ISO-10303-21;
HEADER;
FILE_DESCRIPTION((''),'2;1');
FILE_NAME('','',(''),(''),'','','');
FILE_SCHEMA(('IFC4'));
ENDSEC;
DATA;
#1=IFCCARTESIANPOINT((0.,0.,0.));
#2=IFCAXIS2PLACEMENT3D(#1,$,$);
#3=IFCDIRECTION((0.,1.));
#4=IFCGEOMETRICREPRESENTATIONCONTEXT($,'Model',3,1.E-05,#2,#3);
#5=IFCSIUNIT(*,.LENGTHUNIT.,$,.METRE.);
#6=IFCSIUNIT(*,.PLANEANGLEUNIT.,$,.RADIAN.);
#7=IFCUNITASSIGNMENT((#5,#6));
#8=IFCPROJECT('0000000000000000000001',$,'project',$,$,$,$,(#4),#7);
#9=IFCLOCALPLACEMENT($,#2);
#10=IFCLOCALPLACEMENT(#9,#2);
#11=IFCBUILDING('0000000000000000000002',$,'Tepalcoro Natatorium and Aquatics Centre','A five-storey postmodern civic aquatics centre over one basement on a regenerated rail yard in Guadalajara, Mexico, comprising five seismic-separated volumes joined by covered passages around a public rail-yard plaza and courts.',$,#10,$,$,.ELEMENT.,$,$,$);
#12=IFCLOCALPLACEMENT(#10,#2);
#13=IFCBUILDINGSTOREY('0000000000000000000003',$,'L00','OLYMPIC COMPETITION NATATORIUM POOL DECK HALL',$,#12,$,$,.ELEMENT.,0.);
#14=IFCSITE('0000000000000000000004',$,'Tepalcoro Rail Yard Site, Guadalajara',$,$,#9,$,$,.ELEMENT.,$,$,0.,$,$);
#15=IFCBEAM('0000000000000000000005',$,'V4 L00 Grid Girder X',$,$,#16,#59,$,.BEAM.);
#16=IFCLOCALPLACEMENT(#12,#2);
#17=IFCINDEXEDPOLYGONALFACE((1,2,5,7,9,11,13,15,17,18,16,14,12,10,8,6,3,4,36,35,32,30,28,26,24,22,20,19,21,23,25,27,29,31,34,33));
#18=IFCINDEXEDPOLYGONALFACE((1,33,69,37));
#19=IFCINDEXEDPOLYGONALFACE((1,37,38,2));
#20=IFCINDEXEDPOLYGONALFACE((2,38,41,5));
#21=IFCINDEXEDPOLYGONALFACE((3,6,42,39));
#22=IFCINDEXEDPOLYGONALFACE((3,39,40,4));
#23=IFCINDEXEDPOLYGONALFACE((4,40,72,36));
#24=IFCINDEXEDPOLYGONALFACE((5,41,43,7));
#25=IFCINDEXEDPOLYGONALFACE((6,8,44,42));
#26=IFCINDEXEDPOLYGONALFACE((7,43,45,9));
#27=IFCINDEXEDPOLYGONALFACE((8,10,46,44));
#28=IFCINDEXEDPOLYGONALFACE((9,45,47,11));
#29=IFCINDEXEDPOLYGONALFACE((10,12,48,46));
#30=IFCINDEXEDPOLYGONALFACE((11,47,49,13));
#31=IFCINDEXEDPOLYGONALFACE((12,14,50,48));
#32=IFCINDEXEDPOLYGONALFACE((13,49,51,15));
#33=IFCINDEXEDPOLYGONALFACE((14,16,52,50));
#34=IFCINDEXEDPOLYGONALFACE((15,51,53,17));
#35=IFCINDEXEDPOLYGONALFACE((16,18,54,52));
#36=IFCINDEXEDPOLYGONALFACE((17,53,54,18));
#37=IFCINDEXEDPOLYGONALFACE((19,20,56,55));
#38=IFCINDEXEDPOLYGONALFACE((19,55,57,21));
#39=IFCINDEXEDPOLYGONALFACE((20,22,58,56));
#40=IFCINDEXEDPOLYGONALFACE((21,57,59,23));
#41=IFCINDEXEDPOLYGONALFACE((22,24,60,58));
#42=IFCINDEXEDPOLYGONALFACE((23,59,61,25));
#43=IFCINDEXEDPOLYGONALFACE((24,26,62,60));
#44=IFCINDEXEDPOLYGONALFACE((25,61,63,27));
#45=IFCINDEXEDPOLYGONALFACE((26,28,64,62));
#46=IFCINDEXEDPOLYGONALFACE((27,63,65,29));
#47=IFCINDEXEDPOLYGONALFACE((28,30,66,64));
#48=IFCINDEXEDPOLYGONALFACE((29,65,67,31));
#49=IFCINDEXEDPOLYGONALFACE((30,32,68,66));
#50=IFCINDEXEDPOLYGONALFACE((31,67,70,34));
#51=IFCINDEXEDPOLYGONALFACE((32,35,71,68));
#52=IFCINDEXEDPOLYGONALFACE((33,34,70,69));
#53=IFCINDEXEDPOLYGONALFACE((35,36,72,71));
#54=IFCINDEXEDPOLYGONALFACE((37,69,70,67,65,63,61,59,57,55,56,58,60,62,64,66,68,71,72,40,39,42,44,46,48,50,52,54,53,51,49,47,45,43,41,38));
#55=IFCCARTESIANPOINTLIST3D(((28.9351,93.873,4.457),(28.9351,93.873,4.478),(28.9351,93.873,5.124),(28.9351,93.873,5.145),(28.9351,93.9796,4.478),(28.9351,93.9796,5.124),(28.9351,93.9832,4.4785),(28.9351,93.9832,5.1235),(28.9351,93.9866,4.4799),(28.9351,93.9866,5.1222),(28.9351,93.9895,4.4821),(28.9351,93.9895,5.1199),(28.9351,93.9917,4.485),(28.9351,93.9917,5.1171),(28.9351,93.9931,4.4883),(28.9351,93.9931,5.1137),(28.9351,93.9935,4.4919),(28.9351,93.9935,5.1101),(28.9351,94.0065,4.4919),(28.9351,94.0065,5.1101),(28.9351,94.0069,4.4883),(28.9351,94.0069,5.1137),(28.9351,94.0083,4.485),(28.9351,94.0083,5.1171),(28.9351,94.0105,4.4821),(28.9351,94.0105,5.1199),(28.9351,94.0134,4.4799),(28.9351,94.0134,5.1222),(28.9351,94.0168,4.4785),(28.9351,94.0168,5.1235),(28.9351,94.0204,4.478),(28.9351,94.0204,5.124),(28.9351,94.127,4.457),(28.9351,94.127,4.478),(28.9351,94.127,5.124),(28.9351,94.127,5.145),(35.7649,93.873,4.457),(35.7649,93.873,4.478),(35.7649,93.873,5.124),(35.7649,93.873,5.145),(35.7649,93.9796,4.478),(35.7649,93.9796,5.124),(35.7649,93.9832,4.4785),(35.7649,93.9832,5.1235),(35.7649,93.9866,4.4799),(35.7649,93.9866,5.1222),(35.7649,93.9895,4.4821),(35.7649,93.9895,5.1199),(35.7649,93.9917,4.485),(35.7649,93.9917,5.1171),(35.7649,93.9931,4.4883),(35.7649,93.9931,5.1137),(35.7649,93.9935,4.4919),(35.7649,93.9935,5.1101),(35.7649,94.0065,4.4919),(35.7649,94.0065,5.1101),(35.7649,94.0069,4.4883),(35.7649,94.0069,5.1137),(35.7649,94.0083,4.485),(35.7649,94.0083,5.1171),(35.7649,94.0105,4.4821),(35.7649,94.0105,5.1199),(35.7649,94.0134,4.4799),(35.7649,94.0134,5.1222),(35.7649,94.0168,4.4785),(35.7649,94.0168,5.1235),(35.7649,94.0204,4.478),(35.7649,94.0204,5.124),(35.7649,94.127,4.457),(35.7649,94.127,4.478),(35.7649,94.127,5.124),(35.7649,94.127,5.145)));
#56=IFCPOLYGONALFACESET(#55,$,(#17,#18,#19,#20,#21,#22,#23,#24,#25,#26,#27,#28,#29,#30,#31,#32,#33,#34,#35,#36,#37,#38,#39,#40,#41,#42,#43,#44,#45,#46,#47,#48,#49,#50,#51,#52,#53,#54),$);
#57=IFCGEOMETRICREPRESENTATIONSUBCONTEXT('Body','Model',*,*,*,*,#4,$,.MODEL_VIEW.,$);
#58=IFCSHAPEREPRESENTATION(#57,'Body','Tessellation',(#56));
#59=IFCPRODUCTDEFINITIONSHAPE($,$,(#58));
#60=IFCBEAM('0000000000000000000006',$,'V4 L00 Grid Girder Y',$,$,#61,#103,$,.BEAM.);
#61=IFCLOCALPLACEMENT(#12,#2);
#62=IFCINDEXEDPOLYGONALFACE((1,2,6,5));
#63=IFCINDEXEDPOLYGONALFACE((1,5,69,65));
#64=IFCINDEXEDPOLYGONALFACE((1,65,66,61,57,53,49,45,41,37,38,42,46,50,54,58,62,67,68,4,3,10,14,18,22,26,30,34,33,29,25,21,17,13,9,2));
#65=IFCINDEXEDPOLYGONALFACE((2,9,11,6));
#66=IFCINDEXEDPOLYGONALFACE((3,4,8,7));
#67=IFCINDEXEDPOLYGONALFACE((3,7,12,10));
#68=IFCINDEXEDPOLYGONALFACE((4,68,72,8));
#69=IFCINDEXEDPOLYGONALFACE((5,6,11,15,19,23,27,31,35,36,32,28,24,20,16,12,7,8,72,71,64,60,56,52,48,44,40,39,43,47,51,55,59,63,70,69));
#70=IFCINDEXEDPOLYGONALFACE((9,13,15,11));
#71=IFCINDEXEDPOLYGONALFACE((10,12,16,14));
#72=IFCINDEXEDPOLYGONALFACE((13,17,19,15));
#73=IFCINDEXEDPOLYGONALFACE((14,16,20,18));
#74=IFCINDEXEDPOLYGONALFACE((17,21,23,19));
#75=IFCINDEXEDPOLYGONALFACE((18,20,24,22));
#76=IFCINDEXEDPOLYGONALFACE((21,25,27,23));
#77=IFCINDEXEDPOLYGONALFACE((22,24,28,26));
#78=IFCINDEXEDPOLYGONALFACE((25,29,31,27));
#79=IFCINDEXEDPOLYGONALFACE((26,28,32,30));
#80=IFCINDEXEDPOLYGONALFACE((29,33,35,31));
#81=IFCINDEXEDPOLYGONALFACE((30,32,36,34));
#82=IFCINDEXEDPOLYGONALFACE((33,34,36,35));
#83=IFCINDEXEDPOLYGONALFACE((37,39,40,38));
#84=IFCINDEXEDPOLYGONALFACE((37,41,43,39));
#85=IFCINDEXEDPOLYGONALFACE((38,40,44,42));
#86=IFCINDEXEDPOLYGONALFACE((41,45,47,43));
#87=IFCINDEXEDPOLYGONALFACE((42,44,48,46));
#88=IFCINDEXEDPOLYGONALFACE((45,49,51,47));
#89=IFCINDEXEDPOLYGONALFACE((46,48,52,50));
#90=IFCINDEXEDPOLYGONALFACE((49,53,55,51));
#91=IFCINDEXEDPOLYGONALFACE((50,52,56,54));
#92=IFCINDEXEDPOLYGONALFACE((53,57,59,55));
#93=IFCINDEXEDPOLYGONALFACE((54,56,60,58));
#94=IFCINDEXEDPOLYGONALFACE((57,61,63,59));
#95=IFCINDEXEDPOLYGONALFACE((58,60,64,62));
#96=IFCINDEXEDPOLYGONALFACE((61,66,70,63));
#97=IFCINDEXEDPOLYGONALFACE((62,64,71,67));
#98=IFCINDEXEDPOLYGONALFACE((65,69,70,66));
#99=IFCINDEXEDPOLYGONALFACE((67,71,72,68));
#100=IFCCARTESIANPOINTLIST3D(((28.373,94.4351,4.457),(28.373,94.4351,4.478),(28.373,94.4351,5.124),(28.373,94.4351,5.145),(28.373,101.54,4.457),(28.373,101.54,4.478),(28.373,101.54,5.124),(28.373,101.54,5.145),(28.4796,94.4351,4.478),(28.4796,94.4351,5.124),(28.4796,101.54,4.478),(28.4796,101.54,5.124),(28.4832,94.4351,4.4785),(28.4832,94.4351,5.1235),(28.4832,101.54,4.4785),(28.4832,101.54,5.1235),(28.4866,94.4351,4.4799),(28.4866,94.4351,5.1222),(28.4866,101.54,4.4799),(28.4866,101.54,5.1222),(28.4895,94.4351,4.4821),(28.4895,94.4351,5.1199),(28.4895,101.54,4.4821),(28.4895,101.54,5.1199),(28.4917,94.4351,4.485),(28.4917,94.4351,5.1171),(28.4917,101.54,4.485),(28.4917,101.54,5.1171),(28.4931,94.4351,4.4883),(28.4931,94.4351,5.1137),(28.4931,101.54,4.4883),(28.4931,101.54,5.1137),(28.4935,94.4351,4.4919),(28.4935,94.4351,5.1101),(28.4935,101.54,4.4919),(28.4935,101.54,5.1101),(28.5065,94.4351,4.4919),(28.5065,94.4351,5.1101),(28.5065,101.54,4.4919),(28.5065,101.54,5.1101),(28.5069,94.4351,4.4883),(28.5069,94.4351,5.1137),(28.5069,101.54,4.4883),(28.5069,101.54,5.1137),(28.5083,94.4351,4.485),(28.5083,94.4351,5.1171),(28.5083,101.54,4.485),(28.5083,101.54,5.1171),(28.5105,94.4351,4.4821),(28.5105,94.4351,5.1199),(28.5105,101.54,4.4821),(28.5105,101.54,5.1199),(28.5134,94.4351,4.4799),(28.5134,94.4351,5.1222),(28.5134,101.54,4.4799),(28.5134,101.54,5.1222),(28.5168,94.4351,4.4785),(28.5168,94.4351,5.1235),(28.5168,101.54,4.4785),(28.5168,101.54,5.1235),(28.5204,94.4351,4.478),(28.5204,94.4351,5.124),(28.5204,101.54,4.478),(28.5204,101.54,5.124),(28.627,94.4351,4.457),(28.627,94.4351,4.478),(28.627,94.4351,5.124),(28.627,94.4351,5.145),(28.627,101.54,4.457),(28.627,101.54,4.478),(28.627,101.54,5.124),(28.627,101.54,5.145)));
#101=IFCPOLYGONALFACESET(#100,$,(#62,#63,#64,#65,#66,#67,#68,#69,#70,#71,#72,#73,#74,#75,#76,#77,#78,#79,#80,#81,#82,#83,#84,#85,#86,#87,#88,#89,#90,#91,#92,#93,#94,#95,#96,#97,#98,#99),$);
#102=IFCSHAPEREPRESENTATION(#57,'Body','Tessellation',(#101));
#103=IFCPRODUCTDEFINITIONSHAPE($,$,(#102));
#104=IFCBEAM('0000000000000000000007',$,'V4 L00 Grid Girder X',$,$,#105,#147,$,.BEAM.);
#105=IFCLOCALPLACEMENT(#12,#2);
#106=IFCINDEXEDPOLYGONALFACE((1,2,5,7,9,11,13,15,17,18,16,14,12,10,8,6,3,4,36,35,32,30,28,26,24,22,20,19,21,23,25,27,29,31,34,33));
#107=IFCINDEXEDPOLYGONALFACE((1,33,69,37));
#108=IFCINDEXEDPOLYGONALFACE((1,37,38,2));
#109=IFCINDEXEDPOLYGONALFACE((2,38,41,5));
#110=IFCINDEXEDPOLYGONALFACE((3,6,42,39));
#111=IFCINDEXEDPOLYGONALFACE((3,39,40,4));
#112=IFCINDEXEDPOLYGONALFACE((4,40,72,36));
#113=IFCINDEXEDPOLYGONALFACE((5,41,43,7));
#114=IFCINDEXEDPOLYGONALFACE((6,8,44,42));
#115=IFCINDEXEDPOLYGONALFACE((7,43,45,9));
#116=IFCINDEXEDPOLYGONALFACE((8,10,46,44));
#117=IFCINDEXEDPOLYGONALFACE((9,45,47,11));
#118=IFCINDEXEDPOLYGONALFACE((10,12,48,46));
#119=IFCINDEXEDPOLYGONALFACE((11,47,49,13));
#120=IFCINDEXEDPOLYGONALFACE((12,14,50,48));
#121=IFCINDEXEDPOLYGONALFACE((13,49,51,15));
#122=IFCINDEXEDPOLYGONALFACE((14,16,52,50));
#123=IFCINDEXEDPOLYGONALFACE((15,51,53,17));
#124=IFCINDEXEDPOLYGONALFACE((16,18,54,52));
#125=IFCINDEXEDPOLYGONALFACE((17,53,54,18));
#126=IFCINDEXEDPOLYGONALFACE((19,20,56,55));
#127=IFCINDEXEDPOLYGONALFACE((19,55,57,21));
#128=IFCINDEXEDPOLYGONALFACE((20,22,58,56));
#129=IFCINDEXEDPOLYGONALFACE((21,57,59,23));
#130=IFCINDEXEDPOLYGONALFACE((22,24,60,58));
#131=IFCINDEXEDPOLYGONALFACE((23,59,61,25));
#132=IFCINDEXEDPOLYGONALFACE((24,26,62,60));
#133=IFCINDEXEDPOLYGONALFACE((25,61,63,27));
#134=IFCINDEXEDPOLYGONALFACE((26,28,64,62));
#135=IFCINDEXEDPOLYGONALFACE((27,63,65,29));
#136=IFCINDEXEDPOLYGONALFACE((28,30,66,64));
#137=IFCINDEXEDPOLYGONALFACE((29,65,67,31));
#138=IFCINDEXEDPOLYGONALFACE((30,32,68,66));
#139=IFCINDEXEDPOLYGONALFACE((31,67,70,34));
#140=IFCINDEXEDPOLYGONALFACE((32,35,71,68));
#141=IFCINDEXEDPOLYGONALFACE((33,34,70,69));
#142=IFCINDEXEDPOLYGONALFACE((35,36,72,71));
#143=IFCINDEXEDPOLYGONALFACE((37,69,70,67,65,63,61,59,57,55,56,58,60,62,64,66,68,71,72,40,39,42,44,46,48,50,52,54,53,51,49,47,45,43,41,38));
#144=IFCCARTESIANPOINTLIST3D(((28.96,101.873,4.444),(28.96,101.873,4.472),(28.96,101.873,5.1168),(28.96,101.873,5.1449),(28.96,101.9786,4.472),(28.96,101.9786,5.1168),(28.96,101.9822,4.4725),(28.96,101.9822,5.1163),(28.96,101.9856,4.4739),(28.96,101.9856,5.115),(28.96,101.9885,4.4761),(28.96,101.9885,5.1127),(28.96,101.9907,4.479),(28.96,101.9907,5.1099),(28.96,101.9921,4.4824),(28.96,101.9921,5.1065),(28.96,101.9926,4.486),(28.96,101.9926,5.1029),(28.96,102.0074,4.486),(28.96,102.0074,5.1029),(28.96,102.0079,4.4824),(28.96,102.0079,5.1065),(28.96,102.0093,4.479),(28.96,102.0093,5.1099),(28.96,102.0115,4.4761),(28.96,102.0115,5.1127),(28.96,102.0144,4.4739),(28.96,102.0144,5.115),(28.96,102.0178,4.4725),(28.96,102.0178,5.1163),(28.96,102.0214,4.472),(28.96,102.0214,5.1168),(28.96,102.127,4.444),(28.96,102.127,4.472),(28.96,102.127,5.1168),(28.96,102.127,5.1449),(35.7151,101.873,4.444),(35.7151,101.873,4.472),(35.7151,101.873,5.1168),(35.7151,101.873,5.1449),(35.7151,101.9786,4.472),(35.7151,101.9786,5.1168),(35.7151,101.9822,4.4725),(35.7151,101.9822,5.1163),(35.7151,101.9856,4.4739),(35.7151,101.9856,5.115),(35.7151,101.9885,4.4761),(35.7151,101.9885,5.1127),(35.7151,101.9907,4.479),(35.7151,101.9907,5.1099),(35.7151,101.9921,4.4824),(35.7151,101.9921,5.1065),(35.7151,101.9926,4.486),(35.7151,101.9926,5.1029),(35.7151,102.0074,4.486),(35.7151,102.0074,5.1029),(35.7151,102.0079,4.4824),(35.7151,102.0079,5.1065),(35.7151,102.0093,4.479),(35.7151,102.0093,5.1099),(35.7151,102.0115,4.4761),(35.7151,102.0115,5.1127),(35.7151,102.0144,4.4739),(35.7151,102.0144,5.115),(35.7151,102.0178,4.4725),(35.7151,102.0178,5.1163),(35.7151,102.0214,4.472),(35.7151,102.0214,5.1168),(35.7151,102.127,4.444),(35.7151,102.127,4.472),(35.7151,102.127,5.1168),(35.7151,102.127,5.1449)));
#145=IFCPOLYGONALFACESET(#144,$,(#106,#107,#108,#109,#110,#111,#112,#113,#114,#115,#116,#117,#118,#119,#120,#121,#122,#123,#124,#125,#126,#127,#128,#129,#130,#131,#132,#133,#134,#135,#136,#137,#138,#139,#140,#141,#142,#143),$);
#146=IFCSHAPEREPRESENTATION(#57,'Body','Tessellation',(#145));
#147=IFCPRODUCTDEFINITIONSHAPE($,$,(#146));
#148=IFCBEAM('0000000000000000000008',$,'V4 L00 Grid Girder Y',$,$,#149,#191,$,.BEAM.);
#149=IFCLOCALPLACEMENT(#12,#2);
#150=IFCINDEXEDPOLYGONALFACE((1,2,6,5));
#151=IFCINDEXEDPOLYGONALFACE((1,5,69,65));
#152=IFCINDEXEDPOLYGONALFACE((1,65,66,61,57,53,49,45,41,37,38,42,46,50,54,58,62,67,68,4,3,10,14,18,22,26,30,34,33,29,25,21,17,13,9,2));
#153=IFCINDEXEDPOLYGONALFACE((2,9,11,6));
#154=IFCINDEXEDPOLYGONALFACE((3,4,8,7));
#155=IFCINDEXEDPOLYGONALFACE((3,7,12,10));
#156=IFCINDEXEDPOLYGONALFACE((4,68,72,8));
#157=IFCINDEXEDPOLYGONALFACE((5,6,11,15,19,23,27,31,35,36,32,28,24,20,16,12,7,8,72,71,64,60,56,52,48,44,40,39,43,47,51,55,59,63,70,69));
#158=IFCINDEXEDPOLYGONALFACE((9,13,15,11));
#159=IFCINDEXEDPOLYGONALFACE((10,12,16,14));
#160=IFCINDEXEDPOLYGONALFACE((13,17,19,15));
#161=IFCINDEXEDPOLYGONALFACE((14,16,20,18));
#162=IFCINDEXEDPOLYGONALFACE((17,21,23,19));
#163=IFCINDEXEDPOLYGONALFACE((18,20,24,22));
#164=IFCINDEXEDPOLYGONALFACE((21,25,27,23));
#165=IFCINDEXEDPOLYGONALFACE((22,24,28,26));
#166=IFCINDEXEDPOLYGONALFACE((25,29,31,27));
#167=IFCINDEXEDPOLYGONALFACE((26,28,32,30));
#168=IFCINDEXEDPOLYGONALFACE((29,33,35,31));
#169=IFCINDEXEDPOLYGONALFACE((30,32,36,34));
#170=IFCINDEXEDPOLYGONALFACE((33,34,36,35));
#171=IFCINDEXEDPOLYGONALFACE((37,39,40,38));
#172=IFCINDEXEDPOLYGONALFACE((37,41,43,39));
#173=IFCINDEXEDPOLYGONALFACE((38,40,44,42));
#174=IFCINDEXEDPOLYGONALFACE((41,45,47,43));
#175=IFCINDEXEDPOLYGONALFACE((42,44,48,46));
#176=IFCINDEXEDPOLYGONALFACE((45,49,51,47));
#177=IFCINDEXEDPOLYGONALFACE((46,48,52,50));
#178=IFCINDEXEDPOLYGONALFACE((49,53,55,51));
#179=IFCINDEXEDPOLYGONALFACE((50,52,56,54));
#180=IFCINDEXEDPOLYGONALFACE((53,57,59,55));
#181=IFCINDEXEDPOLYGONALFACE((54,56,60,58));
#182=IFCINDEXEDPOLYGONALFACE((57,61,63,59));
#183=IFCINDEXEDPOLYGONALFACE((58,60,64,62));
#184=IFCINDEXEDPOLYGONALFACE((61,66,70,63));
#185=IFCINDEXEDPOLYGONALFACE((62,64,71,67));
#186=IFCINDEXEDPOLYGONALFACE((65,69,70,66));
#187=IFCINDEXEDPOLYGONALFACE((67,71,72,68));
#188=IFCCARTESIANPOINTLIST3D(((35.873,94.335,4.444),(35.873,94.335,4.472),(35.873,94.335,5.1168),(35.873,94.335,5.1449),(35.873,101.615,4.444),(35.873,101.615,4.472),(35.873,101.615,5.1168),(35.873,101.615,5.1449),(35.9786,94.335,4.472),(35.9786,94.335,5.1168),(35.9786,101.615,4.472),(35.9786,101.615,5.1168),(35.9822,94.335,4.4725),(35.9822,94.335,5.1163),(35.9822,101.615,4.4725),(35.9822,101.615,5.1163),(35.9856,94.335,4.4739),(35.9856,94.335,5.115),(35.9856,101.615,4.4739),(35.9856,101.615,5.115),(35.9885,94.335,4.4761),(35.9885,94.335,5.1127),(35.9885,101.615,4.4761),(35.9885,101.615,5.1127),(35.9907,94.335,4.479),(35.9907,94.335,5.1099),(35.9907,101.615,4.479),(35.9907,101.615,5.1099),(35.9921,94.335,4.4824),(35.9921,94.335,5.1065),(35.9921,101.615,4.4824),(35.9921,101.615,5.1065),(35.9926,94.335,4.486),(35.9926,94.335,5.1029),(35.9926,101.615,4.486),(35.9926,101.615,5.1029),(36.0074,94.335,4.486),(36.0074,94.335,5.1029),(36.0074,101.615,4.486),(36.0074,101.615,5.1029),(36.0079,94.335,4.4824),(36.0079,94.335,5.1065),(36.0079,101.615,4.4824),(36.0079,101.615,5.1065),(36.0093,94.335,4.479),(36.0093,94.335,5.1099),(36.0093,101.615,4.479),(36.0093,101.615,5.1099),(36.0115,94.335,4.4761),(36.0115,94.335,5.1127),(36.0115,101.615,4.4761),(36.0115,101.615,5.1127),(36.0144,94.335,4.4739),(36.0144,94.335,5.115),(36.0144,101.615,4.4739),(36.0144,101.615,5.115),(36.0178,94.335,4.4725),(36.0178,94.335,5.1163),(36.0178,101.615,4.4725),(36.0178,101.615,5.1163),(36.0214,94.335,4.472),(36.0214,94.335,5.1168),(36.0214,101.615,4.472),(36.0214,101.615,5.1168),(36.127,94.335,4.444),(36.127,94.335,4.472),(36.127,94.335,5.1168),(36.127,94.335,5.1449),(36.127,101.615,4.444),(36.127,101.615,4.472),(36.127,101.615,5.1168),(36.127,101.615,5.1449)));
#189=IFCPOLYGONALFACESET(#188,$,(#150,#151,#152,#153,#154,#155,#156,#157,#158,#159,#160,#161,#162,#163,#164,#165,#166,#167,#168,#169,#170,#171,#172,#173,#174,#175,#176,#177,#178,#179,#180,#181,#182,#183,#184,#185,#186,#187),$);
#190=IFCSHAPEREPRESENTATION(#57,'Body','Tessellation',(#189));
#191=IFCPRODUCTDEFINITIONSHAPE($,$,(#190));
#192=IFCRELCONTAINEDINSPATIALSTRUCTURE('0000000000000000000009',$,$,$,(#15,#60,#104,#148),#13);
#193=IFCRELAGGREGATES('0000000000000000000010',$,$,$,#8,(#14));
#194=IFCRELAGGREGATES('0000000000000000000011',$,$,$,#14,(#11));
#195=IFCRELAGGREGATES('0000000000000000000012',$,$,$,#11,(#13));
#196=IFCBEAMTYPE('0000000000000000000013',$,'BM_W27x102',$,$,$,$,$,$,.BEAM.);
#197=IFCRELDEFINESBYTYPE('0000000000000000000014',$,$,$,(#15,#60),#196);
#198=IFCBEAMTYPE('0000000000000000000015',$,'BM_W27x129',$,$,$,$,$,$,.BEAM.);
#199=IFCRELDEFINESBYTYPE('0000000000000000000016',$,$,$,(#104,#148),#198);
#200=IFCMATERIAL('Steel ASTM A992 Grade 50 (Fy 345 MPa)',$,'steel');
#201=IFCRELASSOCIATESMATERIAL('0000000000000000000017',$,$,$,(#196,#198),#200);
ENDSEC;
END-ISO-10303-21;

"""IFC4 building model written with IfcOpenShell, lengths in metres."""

from ifc_helpers import new_model, si_unit, direction, frame, origin, origin_2d, place, context, subcontext, project, spatial, i_section, extrude, material, material_profile, profile_set, type_object, element, save


model = new_model("IFC4")

# Units and contexts
model_context = context("Model", 3, precision=1e-05, world=origin(), true_north=direction((0.0, 1.0)))
body_context = subcontext(model_context, "Body", "Model", "MODEL_VIEW")
ifc_project = project(units=[si_unit("LENGTHUNIT", "METRE"), si_unit("PLANEANGLEUNIT", "RADIAN")], contexts=[model_context])

# Site, building, storey
site_placement = place(None, origin())
site = spatial("IfcSite", under=ifc_project, at=site_placement, Name="Tepalcoro Rail Yard Site, Guadalajara", CompositionType="ELEMENT", RefElevation=0.0)
building_placement = place(site_placement, origin())
building = spatial("IfcBuilding", under=site, at=building_placement, Name="Tepalcoro Natatorium and Aquatics Centre", Description="A five-storey postmodern civic aquatics centre over one basement on a regenerated rail yard in Guadalajara, Mexico, comprising five seismic-separated volumes joined by covered passages around a public rail-yard plaza and courts.", CompositionType="ELEMENT")
storey_placement = place(building_placement, origin())
storey = spatial("IfcBuildingStorey", under=building, at=storey_placement, Name="L00", Description="OLYMPIC COMPETITION NATATORIUM POOL DECK HALL", CompositionType="ELEMENT", Elevation=0.0)

# Beams
ifc_material_1 = material(Name="Steel ASTM A992 Grade 50 (Fy 345 MPa)", Category="steel")
ifc_material_profile_1 = material_profile(ifc_material_1, i_section(OverallWidth=0.2539, OverallDepth=0.688, WebThickness=0.0129, FlangeThickness=0.021, FilletRadius=0.0139, at=origin_2d()), Name="W27X102")
ifc_profile_set_1 = profile_set([ifc_material_profile_1], Name="Steel ASTM A992 Grade 50 (Fy 345 MPa)")
beam_type_1 = type_object("IfcBeamType", Name="BM_W27x102", PredefinedType="BEAM", material=ifc_profile_set_1)
beam_1_placement = place(storey_placement, frame((28.9351, 94.0, 4.801), z_axis=(1.0, 0.0, 0.0), x_axis=(0.0, 1.0, 0.0)))
element("IfcBeam", 1, at=beam_1_placement, inside=storey, type_object=beam_type_1, Name="V4 L00 Grid Girder X", PredefinedType="BEAM", context=body_context, shape_type="SweptSolid", body=[
    extrude(i_section(OverallWidth=0.2539, OverallDepth=0.688, WebThickness=0.0129, FlangeThickness=0.021, FilletRadius=0.0139, at=origin_2d()), origin(), (0.0, 0.0, 1.0), 6.8298),
])
beam_2_placement = place(storey_placement, frame((28.5, 94.4351, 4.801), z_axis=(0.0, 1.0, 0.0), x_axis=(-1.0, 0.0, 0.0)))
element("IfcBeam", 2, at=beam_2_placement, inside=storey, type_object=beam_type_1, Name="V4 L00 Grid Girder Y", PredefinedType="BEAM", context=body_context, shape_type="SweptSolid", body=[
    extrude(i_section(OverallWidth=0.2539, OverallDepth=0.688, WebThickness=0.0129, FlangeThickness=0.021, FilletRadius=0.0139, at=origin_2d()), origin(), (0.0, 0.0, 1.0), 7.105),
])
ifc_material_profile_2 = material_profile(ifc_material_1, i_section(OverallWidth=0.2539, OverallDepth=0.7009, WebThickness=0.0149, FlangeThickness=0.0281, FilletRadius=0.0139, at=origin_2d()), Name="W27X129")
ifc_profile_set_2 = profile_set([ifc_material_profile_2], Name="Steel ASTM A992 Grade 50 (Fy 345 MPa)")
beam_type_2 = type_object("IfcBeamType", Name="BM_W27x129", PredefinedType="BEAM", material=ifc_profile_set_2)
beam_3_placement = place(storey_placement, frame((28.96, 102.0, 4.7944), z_axis=(1.0, 0.0, 0.0), x_axis=(0.0, 1.0, 0.0)))
element("IfcBeam", 3, at=beam_3_placement, inside=storey, type_object=beam_type_2, Name="V4 L00 Grid Girder X", PredefinedType="BEAM", context=body_context, shape_type="SweptSolid", body=[
    extrude(i_section(OverallWidth=0.2539, OverallDepth=0.7009, WebThickness=0.0149, FlangeThickness=0.0281, FilletRadius=0.0139, at=origin_2d()), origin(), (0.0, 0.0, 1.0), 6.7551),
])
beam_4_placement = place(storey_placement, frame((36.0, 94.335, 4.7944), z_axis=(0.0, 1.0, 0.0), x_axis=(-1.0, 0.0, 0.0)))
element("IfcBeam", 4, at=beam_4_placement, inside=storey, type_object=beam_type_2, Name="V4 L00 Grid Girder Y", PredefinedType="BEAM", context=body_context, shape_type="SweptSolid", body=[
    extrude(i_section(OverallWidth=0.2539, OverallDepth=0.7009, WebThickness=0.0149, FlangeThickness=0.0281, FilletRadius=0.0139, at=origin_2d()), origin(), (0.0, 0.0, 1.0), 7.28),
])

save(model, "model.ifc")
